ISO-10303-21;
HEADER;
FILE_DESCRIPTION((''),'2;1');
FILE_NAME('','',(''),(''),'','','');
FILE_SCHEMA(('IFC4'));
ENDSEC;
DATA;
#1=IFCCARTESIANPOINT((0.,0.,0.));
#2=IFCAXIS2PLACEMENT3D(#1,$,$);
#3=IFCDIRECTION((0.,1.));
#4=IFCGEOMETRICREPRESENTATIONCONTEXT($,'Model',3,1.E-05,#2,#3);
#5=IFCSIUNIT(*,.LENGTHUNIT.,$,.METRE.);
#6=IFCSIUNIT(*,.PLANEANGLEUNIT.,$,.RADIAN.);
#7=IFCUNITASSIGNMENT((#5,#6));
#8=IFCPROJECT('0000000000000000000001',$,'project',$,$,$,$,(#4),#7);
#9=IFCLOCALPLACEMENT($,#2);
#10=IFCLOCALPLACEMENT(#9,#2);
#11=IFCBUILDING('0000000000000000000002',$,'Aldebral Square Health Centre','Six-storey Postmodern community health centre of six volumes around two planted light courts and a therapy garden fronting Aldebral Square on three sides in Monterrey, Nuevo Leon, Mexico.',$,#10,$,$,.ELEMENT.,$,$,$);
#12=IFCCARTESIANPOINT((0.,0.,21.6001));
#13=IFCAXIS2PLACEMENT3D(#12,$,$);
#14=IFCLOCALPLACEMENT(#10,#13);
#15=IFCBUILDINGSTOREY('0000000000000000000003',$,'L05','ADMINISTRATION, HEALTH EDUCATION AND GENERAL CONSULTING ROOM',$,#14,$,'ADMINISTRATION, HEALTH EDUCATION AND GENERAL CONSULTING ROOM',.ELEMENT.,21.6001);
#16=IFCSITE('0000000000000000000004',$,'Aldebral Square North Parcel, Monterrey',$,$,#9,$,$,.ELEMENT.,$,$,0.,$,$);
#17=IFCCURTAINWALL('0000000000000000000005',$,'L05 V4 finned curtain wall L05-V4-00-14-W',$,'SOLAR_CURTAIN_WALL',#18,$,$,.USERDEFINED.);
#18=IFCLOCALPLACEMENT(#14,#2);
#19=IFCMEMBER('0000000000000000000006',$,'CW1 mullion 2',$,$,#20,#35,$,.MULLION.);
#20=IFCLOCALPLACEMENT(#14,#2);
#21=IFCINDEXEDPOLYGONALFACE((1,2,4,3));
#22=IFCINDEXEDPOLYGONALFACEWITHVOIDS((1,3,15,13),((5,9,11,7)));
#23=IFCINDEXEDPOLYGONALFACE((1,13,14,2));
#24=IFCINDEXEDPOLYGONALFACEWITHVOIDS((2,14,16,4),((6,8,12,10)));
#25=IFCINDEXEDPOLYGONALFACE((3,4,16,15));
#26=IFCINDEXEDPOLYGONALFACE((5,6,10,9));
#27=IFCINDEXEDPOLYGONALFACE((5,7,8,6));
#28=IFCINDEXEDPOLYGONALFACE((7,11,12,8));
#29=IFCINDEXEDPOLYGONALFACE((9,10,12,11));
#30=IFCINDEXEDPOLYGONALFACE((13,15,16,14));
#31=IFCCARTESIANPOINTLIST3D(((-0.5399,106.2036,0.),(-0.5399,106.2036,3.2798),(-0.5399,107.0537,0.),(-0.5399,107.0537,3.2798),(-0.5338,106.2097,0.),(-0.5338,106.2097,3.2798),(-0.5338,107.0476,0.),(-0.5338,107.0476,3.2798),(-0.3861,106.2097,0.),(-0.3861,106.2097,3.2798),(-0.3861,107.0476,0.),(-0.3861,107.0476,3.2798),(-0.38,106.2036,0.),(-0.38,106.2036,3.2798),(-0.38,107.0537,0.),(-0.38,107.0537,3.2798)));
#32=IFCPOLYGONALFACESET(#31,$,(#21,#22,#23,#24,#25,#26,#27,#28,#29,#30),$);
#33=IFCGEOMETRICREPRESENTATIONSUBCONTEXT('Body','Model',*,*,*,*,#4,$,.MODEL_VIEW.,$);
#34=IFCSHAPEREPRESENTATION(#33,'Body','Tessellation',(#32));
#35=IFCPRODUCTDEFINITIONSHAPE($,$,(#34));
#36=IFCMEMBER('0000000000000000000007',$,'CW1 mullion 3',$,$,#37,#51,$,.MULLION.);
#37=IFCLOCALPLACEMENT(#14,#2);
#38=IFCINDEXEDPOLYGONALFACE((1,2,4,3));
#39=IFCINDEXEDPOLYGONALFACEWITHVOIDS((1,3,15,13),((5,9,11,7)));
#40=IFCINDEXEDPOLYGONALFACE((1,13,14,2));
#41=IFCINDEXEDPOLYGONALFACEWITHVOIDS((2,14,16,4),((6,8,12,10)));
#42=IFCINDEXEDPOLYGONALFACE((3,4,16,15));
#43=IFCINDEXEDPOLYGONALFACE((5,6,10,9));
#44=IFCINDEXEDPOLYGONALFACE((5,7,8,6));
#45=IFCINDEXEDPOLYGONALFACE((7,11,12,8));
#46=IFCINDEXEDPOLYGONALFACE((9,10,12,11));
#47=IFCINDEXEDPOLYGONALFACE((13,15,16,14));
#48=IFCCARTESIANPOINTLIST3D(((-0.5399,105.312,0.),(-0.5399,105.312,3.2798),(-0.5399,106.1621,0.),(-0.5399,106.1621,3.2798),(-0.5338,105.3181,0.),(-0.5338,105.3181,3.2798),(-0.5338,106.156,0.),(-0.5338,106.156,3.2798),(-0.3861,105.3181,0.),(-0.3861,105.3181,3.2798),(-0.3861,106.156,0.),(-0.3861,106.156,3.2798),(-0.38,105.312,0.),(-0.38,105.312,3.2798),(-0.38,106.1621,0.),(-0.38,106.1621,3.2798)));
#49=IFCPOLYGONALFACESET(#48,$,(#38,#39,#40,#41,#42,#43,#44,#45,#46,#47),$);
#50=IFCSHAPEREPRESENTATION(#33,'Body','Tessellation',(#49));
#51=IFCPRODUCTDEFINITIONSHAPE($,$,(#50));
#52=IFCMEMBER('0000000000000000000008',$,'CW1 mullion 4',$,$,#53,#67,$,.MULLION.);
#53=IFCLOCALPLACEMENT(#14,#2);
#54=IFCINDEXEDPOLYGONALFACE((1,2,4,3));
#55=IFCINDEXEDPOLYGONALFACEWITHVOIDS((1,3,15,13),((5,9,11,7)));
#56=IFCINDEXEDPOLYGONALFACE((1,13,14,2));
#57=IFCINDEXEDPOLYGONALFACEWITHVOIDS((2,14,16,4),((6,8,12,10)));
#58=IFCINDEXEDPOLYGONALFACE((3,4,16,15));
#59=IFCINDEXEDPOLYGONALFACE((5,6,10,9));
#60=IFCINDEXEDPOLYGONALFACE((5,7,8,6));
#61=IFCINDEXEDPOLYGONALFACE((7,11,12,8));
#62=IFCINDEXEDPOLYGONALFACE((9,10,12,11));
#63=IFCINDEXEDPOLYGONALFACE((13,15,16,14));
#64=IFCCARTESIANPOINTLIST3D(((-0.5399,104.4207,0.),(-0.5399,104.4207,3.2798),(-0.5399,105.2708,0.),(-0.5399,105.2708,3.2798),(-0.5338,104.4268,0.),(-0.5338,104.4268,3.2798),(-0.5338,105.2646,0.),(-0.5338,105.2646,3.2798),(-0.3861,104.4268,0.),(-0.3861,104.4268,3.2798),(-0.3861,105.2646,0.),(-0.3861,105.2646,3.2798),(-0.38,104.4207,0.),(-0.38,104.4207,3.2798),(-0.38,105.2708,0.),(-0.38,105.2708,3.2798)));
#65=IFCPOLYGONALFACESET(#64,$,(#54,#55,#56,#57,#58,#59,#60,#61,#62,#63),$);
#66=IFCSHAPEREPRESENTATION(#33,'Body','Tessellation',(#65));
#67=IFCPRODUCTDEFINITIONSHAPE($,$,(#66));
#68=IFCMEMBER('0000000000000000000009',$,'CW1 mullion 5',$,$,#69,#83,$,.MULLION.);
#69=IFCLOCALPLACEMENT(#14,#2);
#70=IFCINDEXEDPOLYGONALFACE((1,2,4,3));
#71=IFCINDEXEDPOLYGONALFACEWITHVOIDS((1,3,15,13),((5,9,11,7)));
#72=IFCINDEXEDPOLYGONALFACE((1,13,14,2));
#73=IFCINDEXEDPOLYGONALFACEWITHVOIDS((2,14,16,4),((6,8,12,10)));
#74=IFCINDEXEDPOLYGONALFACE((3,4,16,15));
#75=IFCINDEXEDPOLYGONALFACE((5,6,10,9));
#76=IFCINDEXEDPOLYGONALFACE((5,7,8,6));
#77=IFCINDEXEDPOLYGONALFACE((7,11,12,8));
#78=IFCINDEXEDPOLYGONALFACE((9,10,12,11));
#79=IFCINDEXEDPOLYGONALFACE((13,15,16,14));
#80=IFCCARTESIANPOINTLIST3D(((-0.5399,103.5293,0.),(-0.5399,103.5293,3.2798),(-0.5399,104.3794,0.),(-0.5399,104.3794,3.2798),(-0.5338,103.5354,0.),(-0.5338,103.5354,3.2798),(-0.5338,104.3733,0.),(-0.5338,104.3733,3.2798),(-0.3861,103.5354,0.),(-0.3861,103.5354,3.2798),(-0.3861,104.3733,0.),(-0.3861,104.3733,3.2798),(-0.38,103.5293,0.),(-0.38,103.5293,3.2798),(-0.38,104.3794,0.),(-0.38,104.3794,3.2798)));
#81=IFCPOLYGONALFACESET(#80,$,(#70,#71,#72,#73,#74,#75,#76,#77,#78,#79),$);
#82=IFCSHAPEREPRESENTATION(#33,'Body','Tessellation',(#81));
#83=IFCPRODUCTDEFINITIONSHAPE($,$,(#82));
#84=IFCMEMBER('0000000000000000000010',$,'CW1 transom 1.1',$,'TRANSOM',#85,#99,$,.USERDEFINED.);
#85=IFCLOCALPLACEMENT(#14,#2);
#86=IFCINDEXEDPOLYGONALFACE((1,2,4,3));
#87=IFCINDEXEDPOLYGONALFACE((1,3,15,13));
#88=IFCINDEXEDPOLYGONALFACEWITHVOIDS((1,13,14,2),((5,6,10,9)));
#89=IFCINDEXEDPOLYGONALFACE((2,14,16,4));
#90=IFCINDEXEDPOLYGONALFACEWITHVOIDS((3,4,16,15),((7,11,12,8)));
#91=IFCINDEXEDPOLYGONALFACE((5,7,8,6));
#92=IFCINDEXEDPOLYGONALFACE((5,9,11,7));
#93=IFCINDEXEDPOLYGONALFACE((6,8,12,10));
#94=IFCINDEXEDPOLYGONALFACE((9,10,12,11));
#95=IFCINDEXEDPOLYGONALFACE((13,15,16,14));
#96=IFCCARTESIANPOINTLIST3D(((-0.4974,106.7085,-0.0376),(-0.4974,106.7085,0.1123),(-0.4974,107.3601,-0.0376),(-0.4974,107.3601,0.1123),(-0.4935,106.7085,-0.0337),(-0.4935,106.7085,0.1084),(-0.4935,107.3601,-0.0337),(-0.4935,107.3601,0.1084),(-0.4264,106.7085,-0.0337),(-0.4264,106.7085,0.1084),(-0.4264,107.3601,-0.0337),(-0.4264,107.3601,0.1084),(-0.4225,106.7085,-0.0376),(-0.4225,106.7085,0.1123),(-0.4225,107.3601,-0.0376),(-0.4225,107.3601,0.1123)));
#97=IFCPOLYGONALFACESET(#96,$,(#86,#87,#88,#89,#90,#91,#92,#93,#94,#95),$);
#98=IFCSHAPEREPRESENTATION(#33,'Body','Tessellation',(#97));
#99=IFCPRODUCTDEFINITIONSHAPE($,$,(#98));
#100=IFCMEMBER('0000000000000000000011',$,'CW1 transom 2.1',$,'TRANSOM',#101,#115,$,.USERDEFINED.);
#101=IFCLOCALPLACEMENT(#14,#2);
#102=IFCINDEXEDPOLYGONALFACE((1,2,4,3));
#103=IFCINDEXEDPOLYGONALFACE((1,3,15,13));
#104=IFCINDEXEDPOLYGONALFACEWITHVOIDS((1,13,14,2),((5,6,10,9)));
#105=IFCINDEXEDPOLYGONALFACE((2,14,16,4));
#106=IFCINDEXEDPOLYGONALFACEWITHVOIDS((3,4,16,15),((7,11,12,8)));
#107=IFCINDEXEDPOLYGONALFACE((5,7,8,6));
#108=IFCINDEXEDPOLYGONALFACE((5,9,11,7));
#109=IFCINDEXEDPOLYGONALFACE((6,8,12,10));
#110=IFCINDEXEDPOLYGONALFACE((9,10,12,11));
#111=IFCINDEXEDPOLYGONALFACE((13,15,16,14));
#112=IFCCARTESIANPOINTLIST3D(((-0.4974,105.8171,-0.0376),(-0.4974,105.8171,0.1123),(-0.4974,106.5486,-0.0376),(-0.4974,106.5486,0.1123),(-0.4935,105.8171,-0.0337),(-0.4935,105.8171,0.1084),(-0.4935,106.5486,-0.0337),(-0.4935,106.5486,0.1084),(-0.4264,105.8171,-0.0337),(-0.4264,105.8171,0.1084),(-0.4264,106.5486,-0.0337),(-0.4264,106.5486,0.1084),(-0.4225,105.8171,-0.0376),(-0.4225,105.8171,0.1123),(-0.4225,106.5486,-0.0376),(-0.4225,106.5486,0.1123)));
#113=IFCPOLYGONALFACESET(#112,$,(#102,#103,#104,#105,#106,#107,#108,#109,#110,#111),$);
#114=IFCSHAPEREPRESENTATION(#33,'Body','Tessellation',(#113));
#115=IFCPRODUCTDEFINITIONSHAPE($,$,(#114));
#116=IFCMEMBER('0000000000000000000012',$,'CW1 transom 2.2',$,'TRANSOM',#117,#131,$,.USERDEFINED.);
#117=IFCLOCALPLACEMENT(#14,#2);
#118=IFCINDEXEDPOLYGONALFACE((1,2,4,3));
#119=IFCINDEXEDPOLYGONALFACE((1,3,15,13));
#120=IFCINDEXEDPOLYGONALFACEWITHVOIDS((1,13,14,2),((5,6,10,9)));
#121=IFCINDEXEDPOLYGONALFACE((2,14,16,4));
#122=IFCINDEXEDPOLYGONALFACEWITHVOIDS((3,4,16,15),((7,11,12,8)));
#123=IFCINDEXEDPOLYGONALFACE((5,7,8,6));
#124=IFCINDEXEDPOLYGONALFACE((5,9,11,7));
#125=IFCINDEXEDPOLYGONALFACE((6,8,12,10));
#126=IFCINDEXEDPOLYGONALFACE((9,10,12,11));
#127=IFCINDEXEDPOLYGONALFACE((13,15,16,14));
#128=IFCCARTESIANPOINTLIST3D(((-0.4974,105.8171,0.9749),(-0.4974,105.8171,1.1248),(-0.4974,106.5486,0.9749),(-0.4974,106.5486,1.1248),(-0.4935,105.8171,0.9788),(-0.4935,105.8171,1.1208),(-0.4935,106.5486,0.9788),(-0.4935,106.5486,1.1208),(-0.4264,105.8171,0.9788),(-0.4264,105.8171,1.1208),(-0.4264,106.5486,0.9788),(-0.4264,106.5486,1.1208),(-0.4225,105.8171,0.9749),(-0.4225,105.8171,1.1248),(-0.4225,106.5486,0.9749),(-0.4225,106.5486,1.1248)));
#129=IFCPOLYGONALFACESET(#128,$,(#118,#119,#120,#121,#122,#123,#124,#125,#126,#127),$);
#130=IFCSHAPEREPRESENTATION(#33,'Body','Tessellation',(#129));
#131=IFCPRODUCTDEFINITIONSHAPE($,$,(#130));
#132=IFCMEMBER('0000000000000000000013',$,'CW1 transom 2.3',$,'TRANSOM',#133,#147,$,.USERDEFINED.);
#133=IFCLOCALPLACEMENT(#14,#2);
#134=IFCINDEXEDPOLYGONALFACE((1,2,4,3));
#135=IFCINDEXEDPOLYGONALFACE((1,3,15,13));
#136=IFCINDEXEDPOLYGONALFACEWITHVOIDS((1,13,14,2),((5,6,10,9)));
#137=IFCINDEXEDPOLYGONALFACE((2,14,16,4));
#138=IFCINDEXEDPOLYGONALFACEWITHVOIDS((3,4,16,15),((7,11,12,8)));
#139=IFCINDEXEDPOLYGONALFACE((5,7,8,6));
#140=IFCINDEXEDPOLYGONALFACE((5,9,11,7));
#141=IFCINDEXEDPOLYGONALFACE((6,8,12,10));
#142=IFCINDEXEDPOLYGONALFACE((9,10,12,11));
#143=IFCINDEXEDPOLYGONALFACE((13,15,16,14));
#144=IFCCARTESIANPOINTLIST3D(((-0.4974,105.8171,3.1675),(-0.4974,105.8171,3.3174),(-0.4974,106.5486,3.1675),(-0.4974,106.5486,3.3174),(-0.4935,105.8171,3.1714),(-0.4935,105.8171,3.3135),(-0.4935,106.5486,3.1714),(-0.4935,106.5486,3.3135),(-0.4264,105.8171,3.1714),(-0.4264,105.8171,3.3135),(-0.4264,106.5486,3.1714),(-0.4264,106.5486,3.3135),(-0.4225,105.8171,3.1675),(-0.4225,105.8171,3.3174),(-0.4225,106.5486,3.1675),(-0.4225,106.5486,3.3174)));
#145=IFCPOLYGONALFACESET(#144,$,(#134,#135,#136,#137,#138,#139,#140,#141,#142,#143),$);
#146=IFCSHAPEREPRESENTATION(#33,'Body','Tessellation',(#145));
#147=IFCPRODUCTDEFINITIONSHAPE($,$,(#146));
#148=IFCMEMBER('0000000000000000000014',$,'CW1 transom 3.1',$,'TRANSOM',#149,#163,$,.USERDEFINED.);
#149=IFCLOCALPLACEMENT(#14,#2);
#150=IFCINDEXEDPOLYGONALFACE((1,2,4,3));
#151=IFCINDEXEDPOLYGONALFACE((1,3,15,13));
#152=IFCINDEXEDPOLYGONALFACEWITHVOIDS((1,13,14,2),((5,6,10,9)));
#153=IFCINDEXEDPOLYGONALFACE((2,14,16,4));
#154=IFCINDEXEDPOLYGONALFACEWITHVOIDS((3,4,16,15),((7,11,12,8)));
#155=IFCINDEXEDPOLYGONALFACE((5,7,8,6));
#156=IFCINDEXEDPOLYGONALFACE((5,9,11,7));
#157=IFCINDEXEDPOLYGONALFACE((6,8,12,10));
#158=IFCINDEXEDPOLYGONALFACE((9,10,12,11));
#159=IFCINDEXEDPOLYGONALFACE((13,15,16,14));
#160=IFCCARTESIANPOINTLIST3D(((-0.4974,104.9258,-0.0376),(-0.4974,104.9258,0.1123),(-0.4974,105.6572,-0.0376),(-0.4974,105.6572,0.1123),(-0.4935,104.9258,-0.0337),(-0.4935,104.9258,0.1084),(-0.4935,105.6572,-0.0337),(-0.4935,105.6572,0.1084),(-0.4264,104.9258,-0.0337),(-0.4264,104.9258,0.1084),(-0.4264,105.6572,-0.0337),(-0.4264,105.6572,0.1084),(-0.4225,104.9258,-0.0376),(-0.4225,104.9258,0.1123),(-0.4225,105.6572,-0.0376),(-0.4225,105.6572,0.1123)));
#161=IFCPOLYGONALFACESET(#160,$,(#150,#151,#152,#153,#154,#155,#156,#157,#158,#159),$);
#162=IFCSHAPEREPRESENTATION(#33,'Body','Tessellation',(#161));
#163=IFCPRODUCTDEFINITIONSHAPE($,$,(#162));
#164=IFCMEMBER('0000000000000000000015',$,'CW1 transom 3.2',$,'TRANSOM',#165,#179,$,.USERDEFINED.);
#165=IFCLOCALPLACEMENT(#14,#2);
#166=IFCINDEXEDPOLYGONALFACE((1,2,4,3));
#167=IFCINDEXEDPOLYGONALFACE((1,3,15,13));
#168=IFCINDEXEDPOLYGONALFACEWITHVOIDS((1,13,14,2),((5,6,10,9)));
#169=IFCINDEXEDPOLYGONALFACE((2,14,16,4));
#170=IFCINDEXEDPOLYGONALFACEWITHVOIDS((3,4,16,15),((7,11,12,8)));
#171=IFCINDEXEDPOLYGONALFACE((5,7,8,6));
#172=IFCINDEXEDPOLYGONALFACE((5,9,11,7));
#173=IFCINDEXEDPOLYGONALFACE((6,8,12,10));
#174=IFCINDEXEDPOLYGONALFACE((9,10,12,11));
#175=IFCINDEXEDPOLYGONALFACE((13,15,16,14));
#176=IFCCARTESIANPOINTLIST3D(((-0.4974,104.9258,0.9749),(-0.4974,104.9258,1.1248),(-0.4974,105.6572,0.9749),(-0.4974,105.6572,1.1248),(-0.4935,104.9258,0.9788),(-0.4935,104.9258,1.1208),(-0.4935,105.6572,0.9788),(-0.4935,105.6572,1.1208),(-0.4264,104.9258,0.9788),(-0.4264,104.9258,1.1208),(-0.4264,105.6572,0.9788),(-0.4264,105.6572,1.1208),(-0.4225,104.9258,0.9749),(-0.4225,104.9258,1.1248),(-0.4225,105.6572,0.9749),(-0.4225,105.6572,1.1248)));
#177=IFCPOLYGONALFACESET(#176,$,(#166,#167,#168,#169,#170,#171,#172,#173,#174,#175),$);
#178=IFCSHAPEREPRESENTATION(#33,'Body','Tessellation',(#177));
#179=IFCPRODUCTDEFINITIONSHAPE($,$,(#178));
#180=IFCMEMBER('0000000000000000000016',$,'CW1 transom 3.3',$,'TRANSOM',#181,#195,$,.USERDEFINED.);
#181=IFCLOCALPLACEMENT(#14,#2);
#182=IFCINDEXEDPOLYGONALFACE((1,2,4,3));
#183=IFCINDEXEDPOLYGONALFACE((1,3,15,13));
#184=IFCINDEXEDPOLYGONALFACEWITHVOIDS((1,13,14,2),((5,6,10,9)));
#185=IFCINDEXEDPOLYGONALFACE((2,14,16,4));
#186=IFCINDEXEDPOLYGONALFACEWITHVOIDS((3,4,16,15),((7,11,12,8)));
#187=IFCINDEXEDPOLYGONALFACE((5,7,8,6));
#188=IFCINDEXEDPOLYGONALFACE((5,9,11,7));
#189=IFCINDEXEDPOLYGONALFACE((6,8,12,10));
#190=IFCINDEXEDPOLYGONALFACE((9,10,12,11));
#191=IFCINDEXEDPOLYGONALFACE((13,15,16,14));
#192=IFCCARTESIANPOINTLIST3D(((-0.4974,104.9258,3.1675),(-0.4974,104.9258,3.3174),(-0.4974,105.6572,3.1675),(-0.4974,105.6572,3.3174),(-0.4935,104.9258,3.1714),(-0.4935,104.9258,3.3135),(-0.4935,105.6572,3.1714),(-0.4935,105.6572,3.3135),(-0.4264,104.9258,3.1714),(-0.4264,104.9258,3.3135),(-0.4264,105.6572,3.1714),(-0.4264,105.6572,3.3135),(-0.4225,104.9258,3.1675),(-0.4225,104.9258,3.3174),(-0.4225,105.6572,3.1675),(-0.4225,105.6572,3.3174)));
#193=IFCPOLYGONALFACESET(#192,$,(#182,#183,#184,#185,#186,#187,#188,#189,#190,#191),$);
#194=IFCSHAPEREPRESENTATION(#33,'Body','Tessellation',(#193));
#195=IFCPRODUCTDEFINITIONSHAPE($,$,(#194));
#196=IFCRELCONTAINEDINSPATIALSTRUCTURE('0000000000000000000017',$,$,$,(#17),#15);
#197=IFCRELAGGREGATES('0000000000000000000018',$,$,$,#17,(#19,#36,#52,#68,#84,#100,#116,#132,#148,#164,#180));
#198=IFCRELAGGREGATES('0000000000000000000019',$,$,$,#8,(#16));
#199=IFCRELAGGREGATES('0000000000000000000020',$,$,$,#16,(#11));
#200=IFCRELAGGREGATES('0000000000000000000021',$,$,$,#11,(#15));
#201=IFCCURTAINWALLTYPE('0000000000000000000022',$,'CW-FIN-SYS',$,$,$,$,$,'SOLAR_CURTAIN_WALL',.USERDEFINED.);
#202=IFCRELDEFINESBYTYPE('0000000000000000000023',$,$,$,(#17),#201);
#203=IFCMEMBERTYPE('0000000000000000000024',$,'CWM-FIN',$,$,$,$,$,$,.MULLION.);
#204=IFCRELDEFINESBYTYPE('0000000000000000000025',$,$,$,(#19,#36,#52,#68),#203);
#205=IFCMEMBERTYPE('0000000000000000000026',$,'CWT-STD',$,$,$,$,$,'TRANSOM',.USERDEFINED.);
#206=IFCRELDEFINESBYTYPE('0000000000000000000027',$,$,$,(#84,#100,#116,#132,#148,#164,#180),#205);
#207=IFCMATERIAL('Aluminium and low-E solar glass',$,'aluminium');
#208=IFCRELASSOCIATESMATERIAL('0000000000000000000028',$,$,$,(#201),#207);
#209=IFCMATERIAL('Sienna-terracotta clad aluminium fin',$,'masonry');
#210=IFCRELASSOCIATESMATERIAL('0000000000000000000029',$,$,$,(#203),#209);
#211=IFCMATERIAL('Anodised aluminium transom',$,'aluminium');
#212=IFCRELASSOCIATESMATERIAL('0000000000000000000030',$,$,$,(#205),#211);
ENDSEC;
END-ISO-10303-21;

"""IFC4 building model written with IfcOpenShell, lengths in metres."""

from ifc_helpers import new_model, si_unit, direction, frame, origin, origin_2d, place, context, subcontext, project, spatial, hollow_rectangle, extrude, material, material_profile, profile_set, type_object, element, aggregate, save


model = new_model("IFC4")

# Units and contexts
model_context = context("Model", 3, precision=1e-05, world=origin(), true_north=direction((0.0, 1.0)))
body_context = subcontext(model_context, "Body", "Model", "MODEL_VIEW")
ifc_project = project(units=[si_unit("LENGTHUNIT", "METRE"), si_unit("PLANEANGLEUNIT", "RADIAN")], contexts=[model_context])

# Site, building, storey
site_placement = place(None, origin())
site = spatial("IfcSite", under=ifc_project, at=site_placement, Name="Aldebral Square North Parcel, Monterrey", CompositionType="ELEMENT", RefElevation=0.0)
building_placement = place(site_placement, origin())
building = spatial("IfcBuilding", under=site, at=building_placement, Name="Aldebral Square Health Centre", Description="Six-storey Postmodern community health centre of six volumes around two planted light courts and a therapy garden fronting Aldebral Square on three sides in Monterrey, Nuevo Leon, Mexico.", CompositionType="ELEMENT")
storey_placement = place(building_placement, frame((0.0, 0.0, 21.6001)))
storey = spatial("IfcBuildingStorey", under=building, at=storey_placement, Name="L05", Description="ADMINISTRATION, HEALTH EDUCATION AND GENERAL CONSULTING ROOM", LongName="ADMINISTRATION, HEALTH EDUCATION AND GENERAL CONSULTING ROOM", CompositionType="ELEMENT", Elevation=21.6001)

# Curtain wall, members
ifc_material_1 = material(Name="Aluminium and low-E solar glass", Category="aluminium")
curtain_wall_type = type_object("IfcCurtainWallType", Name="CW-FIN-SYS", ElementType="SOLAR_CURTAIN_WALL", PredefinedType="USERDEFINED", material=ifc_material_1)
curtain_wall_placement = place(storey_placement, origin())
curtain_wall = element("IfcCurtainWall", 1, at=curtain_wall_placement, inside=storey, type_object=curtain_wall_type, Name="L05 V4 finned curtain wall L05-V4-00-14-W", ObjectType="SOLAR_CURTAIN_WALL", PredefinedType="USERDEFINED")
ifc_material_2 = material(Name="Sienna-terracotta clad aluminium fin", Category="masonry")
ifc_material_profile_1 = material_profile(ifc_material_2, hollow_rectangle(XDim=0.1599, YDim=0.8501, WallThickness=0.0061, at=origin_2d()), Name="FIN 160x850x6")
ifc_profile_set_1 = profile_set([ifc_material_profile_1], Name="Sienna-terracotta clad aluminium fin")
member_type_1 = type_object("IfcMemberType", Name="CWM-FIN", PredefinedType="MULLION", material=ifc_profile_set_1)
member_1_placement = place(storey_placement, frame((-0.46, 106.6287, 0.0), z_axis=(0.0, 0.0, 1.0), x_axis=(1.0, 0.0, 0.0)))
member_1 = element("IfcMember", 2, at=member_1_placement, type_object=member_type_1, Name="CW1 mullion 2", PredefinedType="MULLION", context=body_context, shape_type="SweptSolid", body=[
    extrude(hollow_rectangle(XDim=0.1599, YDim=0.8501, WallThickness=0.0061, at=origin_2d()), origin(), (0.0, 0.0, 1.0), 3.2798),
])
member_2_placement = place(storey_placement, frame((-0.46, 105.7371, 0.0), z_axis=(0.0, 0.0, 1.0), x_axis=(1.0, 0.0, 0.0)))
member_2 = element("IfcMember", 3, at=member_2_placement, type_object=member_type_1, Name="CW1 mullion 3", PredefinedType="MULLION", context=body_context, shape_type="SweptSolid", body=[
    extrude(hollow_rectangle(XDim=0.1599, YDim=0.8501, WallThickness=0.0061, at=origin_2d()), origin(), (0.0, 0.0, 1.0), 3.2798),
])
member_3_placement = place(storey_placement, frame((-0.46, 104.8457, 0.0), z_axis=(0.0, 0.0, 1.0), x_axis=(1.0, 0.0, 0.0)))
member_3 = element("IfcMember", 4, at=member_3_placement, type_object=member_type_1, Name="CW1 mullion 4", PredefinedType="MULLION", context=body_context, shape_type="SweptSolid", body=[
    extrude(hollow_rectangle(XDim=0.1599, YDim=0.8501, WallThickness=0.0061, at=origin_2d()), origin(), (0.0, 0.0, 1.0), 3.2798),
])
member_4_placement = place(storey_placement, frame((-0.46, 103.9543, 0.0), z_axis=(0.0, 0.0, 1.0), x_axis=(1.0, 0.0, 0.0)))
member_4 = element("IfcMember", 5, at=member_4_placement, type_object=member_type_1, Name="CW1 mullion 5", PredefinedType="MULLION", context=body_context, shape_type="SweptSolid", body=[
    extrude(hollow_rectangle(XDim=0.1599, YDim=0.8501, WallThickness=0.0061, at=origin_2d()), origin(), (0.0, 0.0, 1.0), 3.2798),
])
ifc_material_3 = material(Name="Anodised aluminium transom", Category="aluminium")
ifc_material_profile_2 = material_profile(ifc_material_3, hollow_rectangle(XDim=0.075, YDim=0.1499, WallThickness=0.0039, at=origin_2d()), Name="CWT 75x150x4")
ifc_profile_set_2 = profile_set([ifc_material_profile_2], Name="Anodised aluminium transom")
member_type_2 = type_object("IfcMemberType", Name="CWT-STD", ElementType="TRANSOM", PredefinedType="USERDEFINED", material=ifc_profile_set_2)
member_5_placement = place(storey_placement, frame((-0.46, 107.3601, 0.0374), z_axis=(0.0, -1.0, 0.0), x_axis=(1.0, 0.0, 0.0)))
member_5 = element("IfcMember", 6, at=member_5_placement, type_object=member_type_2, Name="CW1 transom 1.1", ObjectType="TRANSOM", PredefinedType="USERDEFINED", context=body_context, shape_type="SweptSolid", body=[
    extrude(hollow_rectangle(XDim=0.075, YDim=0.1499, WallThickness=0.0039, at=origin_2d()), origin(), (0.0, 0.0, 1.0), 0.6516),
])
member_6_placement = place(storey_placement, frame((-0.46, 106.5486, 0.0374), z_axis=(0.0, -1.0, 0.0), x_axis=(1.0, 0.0, 0.0)))
member_6 = element("IfcMember", 7, at=member_6_placement, type_object=member_type_2, Name="CW1 transom 2.1", ObjectType="TRANSOM", PredefinedType="USERDEFINED", context=body_context, shape_type="SweptSolid", body=[
    extrude(hollow_rectangle(XDim=0.075, YDim=0.1499, WallThickness=0.0039, at=origin_2d()), origin(), (0.0, 0.0, 1.0), 0.7314),
])
member_7_placement = place(storey_placement, frame((-0.46, 106.5486, 1.0498), z_axis=(0.0, -1.0, 0.0), x_axis=(1.0, 0.0, 0.0)))
member_7 = element("IfcMember", 8, at=member_7_placement, type_object=member_type_2, Name="CW1 transom 2.2", ObjectType="TRANSOM", PredefinedType="USERDEFINED", context=body_context, shape_type="SweptSolid", body=[
    extrude(hollow_rectangle(XDim=0.075, YDim=0.1499, WallThickness=0.0039, at=origin_2d()), origin(), (0.0, 0.0, 1.0), 0.7314),
])
member_8_placement = place(storey_placement, frame((-0.46, 106.5486, 3.2424), z_axis=(0.0, -1.0, 0.0), x_axis=(1.0, 0.0, 0.0)))
member_8 = element("IfcMember", 9, at=member_8_placement, type_object=member_type_2, Name="CW1 transom 2.3", ObjectType="TRANSOM", PredefinedType="USERDEFINED", context=body_context, shape_type="SweptSolid", body=[
    extrude(hollow_rectangle(XDim=0.075, YDim=0.1499, WallThickness=0.0039, at=origin_2d()), origin(), (0.0, 0.0, 1.0), 0.7314),
])
member_9_placement = place(storey_placement, frame((-0.46, 105.6572, 0.0374), z_axis=(0.0, -1.0, 0.0), x_axis=(1.0, 0.0, 0.0)))
member_9 = element("IfcMember", 10, at=member_9_placement, type_object=member_type_2, Name="CW1 transom 3.1", ObjectType="TRANSOM", PredefinedType="USERDEFINED", context=body_context, shape_type="SweptSolid", body=[
    extrude(hollow_rectangle(XDim=0.075, YDim=0.1499, WallThickness=0.0039, at=origin_2d()), origin(), (0.0, 0.0, 1.0), 0.7314),
])
member_10_placement = place(storey_placement, frame((-0.46, 105.6572, 1.0498), z_axis=(0.0, -1.0, 0.0), x_axis=(1.0, 0.0, 0.0)))
member_10 = element("IfcMember", 11, at=member_10_placement, type_object=member_type_2, Name="CW1 transom 3.2", ObjectType="TRANSOM", PredefinedType="USERDEFINED", context=body_context, shape_type="SweptSolid", body=[
    extrude(hollow_rectangle(XDim=0.075, YDim=0.1499, WallThickness=0.0039, at=origin_2d()), origin(), (0.0, 0.0, 1.0), 0.7314),
])
member_11_placement = place(storey_placement, frame((-0.46, 105.6572, 3.2424), z_axis=(0.0, -1.0, 0.0), x_axis=(1.0, 0.0, 0.0)))
member_11 = element("IfcMember", 12, at=member_11_placement, type_object=member_type_2, Name="CW1 transom 3.3", ObjectType="TRANSOM", PredefinedType="USERDEFINED", context=body_context, shape_type="SweptSolid", body=[
    extrude(hollow_rectangle(XDim=0.075, YDim=0.1499, WallThickness=0.0039, at=origin_2d()), origin(), (0.0, 0.0, 1.0), 0.7314),
])
aggregate(curtain_wall, [member_1, member_2, member_3, member_4, member_5, member_6, member_7, member_8, member_9, member_10, member_11])

save(model, "model.ifc")
